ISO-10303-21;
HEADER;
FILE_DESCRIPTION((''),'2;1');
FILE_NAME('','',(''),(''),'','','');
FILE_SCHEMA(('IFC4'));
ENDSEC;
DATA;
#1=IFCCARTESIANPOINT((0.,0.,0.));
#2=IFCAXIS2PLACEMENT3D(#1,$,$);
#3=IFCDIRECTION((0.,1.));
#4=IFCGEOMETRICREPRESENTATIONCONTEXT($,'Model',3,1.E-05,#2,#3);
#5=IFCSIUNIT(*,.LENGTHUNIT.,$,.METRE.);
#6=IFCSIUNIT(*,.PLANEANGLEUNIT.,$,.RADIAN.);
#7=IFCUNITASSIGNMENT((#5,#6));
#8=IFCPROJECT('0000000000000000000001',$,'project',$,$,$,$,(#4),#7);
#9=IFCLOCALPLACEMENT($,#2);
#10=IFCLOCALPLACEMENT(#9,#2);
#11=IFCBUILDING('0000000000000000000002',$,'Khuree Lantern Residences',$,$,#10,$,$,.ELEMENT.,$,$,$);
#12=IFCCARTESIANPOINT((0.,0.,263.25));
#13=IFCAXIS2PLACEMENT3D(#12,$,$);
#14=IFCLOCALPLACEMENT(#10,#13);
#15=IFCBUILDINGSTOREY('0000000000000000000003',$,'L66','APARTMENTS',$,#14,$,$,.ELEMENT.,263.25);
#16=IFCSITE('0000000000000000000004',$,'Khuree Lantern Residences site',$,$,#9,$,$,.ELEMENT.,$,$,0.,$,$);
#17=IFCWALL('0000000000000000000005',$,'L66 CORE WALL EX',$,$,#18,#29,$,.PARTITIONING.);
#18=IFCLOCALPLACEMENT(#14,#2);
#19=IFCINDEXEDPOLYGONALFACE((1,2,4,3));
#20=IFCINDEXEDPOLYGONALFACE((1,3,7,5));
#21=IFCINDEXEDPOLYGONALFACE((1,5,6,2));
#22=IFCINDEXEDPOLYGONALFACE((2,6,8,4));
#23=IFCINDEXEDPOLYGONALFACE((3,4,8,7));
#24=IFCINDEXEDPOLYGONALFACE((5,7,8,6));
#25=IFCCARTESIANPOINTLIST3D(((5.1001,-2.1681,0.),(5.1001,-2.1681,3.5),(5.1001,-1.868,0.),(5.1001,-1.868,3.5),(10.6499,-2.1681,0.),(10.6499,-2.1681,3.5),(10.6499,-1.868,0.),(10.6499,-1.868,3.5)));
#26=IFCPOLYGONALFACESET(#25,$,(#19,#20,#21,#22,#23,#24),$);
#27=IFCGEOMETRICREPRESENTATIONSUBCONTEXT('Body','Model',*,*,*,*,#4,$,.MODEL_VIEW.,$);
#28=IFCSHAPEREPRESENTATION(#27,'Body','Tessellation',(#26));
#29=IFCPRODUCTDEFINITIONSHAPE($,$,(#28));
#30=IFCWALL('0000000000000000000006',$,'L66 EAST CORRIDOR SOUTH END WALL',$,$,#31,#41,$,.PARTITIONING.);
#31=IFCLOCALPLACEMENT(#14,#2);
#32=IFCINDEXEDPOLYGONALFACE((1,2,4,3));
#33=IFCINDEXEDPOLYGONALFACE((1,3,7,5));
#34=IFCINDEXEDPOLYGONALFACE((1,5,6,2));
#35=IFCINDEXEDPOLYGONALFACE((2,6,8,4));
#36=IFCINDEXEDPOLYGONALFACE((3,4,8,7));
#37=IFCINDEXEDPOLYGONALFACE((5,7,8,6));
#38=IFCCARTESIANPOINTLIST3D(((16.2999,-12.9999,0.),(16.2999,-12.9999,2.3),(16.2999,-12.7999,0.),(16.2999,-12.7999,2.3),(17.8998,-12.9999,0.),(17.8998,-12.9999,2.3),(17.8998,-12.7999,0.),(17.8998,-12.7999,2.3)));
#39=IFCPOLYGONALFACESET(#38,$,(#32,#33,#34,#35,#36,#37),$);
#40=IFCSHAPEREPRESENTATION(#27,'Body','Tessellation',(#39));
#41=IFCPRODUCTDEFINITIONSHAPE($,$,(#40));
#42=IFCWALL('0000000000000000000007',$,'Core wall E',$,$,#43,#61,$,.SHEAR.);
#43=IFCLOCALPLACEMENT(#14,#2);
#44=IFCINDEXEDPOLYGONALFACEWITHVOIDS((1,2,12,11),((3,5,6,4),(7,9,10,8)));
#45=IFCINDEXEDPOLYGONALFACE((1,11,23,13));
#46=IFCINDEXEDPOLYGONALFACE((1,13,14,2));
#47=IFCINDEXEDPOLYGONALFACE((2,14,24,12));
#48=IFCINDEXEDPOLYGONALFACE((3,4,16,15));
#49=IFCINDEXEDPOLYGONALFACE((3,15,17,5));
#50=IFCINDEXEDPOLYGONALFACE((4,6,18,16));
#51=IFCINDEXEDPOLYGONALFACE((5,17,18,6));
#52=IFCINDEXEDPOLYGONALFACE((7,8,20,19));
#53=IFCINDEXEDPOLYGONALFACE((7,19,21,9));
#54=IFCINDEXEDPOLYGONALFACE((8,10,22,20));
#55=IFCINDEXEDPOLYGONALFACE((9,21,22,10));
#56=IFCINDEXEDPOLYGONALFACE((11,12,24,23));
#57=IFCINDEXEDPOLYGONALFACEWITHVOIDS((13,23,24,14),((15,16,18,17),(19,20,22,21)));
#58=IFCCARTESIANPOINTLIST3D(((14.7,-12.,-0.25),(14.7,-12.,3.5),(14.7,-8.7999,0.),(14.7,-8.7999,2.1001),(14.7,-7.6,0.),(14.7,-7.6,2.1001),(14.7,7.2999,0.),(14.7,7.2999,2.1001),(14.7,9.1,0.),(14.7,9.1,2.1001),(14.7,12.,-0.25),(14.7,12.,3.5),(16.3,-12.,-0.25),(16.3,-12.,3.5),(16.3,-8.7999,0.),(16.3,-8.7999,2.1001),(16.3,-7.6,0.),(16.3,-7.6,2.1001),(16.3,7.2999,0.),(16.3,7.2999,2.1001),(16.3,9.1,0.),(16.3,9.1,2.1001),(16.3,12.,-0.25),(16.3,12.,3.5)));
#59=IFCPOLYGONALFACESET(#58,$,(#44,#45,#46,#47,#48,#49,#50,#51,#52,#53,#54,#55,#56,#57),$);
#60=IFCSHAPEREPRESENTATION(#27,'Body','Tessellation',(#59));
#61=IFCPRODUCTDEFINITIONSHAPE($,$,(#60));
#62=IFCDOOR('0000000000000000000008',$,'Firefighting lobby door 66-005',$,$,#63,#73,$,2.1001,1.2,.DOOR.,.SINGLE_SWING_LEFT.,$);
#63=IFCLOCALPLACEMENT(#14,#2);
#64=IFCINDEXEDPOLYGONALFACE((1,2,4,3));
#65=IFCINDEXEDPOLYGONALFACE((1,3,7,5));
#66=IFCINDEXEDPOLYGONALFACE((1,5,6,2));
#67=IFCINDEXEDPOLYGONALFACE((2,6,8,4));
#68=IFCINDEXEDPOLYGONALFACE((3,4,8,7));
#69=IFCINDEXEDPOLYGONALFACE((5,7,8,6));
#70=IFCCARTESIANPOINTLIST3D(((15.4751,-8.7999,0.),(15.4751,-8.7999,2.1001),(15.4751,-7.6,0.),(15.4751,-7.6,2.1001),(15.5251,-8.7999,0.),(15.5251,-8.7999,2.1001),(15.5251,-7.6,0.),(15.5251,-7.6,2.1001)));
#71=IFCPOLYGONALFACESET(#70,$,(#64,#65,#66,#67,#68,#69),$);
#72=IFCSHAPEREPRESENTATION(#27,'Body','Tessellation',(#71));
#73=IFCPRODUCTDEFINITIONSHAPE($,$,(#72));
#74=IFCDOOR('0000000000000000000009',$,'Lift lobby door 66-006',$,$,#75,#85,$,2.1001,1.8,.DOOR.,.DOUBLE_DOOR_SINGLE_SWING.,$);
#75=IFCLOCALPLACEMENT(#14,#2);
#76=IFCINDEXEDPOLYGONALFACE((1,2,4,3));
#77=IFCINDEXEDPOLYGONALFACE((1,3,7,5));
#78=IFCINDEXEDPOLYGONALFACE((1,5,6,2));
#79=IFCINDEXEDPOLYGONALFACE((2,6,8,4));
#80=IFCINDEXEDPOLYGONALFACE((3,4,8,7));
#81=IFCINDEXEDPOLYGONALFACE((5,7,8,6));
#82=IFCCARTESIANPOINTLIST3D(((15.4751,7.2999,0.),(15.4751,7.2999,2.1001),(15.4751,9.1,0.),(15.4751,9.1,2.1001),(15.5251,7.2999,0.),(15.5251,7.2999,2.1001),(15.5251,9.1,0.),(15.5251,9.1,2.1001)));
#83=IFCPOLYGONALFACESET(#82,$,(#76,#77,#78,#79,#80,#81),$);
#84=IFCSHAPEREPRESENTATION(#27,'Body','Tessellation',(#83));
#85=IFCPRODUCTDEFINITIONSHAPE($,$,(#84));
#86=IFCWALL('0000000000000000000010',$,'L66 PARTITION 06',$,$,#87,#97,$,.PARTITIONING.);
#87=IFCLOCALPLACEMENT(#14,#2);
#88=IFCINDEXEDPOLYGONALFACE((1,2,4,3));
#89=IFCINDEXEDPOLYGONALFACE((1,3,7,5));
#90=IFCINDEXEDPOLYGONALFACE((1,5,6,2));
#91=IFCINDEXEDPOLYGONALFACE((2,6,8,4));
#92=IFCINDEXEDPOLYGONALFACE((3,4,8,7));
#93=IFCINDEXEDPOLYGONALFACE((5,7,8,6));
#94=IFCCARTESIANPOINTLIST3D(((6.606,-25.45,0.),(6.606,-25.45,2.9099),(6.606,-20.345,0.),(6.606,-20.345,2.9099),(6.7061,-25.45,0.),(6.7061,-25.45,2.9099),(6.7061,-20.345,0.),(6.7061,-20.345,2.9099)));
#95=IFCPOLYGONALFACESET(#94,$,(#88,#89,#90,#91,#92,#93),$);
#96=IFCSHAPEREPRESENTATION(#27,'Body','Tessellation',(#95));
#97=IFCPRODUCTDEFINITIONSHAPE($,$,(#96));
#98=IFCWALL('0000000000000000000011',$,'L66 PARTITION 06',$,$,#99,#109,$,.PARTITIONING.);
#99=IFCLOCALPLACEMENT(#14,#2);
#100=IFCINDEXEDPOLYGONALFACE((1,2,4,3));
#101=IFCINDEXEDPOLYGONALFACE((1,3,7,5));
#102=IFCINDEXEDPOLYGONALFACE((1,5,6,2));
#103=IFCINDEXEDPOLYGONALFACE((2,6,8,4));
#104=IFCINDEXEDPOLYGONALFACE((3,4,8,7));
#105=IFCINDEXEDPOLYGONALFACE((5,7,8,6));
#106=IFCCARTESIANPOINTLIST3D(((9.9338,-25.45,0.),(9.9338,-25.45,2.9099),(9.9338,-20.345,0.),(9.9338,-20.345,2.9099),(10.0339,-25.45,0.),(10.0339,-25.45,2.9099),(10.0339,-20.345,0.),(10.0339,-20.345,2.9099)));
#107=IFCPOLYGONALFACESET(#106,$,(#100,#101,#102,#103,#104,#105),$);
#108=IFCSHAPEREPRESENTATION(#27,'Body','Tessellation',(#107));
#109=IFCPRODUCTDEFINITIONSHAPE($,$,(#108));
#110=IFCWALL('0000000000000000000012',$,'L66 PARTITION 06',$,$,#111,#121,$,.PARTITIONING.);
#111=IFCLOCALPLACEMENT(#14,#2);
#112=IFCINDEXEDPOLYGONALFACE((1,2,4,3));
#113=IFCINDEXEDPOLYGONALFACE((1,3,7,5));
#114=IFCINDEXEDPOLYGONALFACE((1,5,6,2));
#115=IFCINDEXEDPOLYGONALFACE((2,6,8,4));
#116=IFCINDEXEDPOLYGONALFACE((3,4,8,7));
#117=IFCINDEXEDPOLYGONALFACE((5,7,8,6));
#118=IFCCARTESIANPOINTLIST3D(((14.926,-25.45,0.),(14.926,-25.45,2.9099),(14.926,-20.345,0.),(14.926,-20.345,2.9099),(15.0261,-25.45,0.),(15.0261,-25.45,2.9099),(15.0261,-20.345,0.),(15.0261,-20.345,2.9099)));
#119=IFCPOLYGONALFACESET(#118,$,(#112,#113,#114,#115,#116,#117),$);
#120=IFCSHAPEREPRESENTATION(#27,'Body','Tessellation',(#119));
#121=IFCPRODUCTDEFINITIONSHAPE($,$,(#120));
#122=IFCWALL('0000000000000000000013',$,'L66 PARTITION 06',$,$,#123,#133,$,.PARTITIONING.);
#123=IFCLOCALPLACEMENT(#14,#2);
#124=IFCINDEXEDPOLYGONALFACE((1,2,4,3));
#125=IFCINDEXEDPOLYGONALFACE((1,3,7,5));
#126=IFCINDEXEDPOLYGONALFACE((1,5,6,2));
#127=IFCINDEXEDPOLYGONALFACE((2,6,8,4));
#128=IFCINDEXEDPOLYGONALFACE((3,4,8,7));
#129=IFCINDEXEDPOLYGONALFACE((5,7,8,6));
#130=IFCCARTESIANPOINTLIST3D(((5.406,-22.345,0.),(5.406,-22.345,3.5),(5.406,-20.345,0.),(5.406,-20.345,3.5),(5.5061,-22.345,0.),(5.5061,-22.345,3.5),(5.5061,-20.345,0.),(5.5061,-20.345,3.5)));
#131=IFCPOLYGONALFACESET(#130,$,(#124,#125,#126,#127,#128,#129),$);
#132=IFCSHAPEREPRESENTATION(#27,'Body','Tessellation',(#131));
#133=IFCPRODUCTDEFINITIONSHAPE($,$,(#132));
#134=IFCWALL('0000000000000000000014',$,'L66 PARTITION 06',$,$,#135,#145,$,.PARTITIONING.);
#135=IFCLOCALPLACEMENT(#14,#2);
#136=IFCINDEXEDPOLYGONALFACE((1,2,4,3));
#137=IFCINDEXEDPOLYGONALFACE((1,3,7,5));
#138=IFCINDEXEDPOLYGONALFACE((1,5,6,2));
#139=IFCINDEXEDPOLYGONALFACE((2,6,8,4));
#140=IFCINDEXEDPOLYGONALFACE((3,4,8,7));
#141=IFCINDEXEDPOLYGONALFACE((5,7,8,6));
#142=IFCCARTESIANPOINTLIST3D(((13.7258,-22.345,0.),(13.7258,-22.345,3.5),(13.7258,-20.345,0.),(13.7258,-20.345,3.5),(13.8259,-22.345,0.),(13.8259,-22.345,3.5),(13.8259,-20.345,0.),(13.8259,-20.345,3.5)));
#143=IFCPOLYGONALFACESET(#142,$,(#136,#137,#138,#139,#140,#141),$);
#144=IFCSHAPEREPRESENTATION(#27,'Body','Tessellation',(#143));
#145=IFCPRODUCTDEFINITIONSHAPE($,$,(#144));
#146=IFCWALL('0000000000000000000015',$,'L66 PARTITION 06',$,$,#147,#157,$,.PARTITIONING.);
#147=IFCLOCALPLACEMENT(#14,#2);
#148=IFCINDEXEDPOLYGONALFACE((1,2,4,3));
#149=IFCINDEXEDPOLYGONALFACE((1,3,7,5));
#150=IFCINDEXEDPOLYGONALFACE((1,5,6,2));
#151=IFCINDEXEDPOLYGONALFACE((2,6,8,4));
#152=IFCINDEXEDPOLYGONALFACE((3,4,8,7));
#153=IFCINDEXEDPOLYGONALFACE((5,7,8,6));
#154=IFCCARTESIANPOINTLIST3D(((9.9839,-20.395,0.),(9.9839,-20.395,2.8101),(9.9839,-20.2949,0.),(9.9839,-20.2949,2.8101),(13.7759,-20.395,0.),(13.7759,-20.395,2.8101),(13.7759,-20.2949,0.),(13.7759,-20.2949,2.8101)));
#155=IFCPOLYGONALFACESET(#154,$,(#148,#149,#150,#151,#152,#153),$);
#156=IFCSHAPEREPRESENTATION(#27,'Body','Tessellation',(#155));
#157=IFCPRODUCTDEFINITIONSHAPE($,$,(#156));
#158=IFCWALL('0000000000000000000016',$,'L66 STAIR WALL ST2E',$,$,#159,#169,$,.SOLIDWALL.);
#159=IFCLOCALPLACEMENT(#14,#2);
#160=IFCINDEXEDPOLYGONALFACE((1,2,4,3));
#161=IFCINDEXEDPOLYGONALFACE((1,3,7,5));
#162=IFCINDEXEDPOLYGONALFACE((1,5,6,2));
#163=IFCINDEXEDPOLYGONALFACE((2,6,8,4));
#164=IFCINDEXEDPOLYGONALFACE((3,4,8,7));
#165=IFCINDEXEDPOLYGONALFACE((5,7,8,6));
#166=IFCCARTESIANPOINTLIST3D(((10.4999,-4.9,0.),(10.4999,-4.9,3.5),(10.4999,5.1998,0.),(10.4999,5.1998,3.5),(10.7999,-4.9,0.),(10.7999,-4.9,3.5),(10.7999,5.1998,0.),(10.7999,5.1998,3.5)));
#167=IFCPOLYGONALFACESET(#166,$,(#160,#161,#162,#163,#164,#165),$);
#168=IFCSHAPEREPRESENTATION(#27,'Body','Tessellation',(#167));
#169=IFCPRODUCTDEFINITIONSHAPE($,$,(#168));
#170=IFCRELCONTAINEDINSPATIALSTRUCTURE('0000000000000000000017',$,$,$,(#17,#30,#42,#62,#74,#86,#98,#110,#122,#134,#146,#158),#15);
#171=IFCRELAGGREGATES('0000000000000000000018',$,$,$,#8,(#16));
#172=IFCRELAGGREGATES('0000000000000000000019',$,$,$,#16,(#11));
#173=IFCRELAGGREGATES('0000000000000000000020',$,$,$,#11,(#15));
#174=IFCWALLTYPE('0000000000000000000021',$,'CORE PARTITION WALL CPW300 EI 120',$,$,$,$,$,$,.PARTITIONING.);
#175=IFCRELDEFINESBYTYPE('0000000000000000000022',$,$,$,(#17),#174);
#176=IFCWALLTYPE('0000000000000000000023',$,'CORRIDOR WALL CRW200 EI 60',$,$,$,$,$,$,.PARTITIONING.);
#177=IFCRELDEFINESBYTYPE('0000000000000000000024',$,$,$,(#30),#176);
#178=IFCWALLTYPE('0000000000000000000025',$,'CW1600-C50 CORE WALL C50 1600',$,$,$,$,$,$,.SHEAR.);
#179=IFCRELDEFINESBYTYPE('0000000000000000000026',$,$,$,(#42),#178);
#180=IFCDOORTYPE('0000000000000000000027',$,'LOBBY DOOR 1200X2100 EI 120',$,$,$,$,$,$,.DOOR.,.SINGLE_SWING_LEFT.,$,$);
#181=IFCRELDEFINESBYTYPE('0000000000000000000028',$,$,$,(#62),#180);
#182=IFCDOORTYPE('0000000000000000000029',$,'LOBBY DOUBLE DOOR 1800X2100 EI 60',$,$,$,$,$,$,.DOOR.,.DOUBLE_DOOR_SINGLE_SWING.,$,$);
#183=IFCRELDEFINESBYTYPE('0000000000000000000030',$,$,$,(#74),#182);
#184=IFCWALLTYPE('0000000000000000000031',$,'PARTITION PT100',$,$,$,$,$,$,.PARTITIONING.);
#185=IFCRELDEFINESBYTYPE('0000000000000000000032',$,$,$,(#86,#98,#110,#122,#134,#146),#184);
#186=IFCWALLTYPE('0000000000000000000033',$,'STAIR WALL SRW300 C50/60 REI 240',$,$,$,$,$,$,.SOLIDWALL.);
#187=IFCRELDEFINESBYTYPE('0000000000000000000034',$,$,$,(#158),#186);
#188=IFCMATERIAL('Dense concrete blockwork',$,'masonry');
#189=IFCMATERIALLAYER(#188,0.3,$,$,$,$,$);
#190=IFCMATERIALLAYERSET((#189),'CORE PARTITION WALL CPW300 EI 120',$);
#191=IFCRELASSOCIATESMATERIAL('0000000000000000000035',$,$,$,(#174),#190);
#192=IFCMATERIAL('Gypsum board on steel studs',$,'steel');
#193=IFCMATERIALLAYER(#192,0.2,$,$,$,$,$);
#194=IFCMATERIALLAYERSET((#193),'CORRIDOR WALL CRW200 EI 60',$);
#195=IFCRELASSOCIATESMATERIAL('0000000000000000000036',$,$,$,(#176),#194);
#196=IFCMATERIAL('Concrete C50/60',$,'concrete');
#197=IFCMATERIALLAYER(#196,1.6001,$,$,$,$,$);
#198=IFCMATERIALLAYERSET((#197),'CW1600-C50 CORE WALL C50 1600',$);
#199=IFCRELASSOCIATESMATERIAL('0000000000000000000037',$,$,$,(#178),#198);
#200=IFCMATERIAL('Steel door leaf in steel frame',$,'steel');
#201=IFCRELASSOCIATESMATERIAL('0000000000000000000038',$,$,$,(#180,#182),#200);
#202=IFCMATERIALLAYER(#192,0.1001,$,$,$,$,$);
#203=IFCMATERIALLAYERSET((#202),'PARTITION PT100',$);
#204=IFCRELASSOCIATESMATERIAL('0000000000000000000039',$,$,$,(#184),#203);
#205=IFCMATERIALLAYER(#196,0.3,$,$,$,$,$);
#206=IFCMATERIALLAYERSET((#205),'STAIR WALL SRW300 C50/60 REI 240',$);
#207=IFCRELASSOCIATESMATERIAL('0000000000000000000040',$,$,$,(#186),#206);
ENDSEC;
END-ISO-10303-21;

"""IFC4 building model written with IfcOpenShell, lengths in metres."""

from ifc_helpers import new_model, si_unit, direction, frame, frame_2d, origin, place, context, subcontext, project, spatial, rectangle, extrude, material, layer, layer_set, type_object, element, fill, save


model = new_model("IFC4")

# Units and contexts
model_context = context("Model", 3, precision=1e-05, world=origin(), true_north=direction((0.0, 1.0)))
body_context = subcontext(model_context, "Body", "Model", "MODEL_VIEW")
ifc_project = project(units=[si_unit("LENGTHUNIT", "METRE"), si_unit("PLANEANGLEUNIT", "RADIAN")], contexts=[model_context])

# Site, building, storey
site_placement = place(None, origin())
site = spatial("IfcSite", under=ifc_project, at=site_placement, Name="Khuree Lantern Residences site", CompositionType="ELEMENT", RefElevation=0.0)
building_placement = place(site_placement, origin())
building = spatial("IfcBuilding", under=site, at=building_placement, Name="Khuree Lantern Residences", CompositionType="ELEMENT")
storey_placement = place(building_placement, frame((0.0, 0.0, 263.25)))
storey = spatial("IfcBuildingStorey", under=building, at=storey_placement, Name="L66", Description="APARTMENTS", CompositionType="ELEMENT", Elevation=263.25)

# Shared definitions
ifc_material_1 = material(Name="Concrete C50/60", Category="concrete")

# Shared definitions
ifc_material_2 = material(Name="Dense concrete blockwork", Category="masonry")
ifc_layer_1 = layer(ifc_material_2, 0.3)
ifc_layer_set_1 = layer_set([ifc_layer_1], Name="CORE PARTITION WALL CPW300 EI 120")
wall_type_1 = type_object("IfcWallType", Name="CORE PARTITION WALL CPW300 EI 120", PredefinedType="PARTITIONING", material=ifc_layer_set_1)

# Walls
wall_1_placement = place(storey_placement, frame((10.6499, -2.0181, 0.0), z_axis=(0.0, 0.0, 1.0), x_axis=(-1.0, 0.0, 0.0)))
element("IfcWall", 1, at=wall_1_placement, inside=storey, type_object=wall_type_1, Name="L66 CORE WALL EX", PredefinedType="PARTITIONING", context=body_context, shape_type="SweptSolid", body=[
    extrude(rectangle(XDim=5.5498, YDim=0.3, at=frame_2d((2.7749, 0.0))), origin(), (0.0, 0.0, 1.0), 3.5),
])
ifc_material_3 = material(Name="Gypsum board on steel studs", Category="steel")
ifc_layer_2 = layer(ifc_material_3, 0.2)
ifc_layer_set_2 = layer_set([ifc_layer_2], Name="CORRIDOR WALL CRW200 EI 60")
wall_type_2 = type_object("IfcWallType", Name="CORRIDOR WALL CRW200 EI 60", PredefinedType="PARTITIONING", material=ifc_layer_set_2)
wall_2_placement = place(storey_placement, frame((16.3, -12.8999, 0.0), z_axis=(0.0, 0.0, 1.0), x_axis=(1.0, 0.0, 0.0)))
element("IfcWall", 2, at=wall_2_placement, inside=storey, type_object=wall_type_2, Name="L66 EAST CORRIDOR SOUTH END WALL", PredefinedType="PARTITIONING", context=body_context, shape_type="SweptSolid", body=[
    extrude(rectangle(XDim=1.5999, YDim=0.2, at=frame_2d((0.7998, 0.0))), origin(), (0.0, 0.0, 1.0), 2.3),
])

# Wall, openings, doors
ifc_layer_3 = layer(ifc_material_1, 1.6001)
ifc_layer_set_3 = layer_set([ifc_layer_3], Name="CW1600-C50 CORE WALL C50 1600")
wall_type_3 = type_object("IfcWallType", Name="CW1600-C50 CORE WALL C50 1600", PredefinedType="SHEAR", material=ifc_layer_set_3)
wall_3_placement = place(storey_placement, frame((15.5, -12.0, -0.25), z_axis=(0.0, 0.0, 1.0), x_axis=(0.0, 1.0, 0.0)))
wall_3 = element("IfcWall", 3, at=wall_3_placement, inside=storey, type_object=wall_type_3, Name="Core wall E", PredefinedType="SHEAR", context=body_context, shape_type="SweptSolid", body=[
    extrude(rectangle(XDim=24.0, YDim=1.6001, at=frame_2d((12.0, 0.0))), origin(), (0.0, 0.0, 1.0), 3.75),
])
opening_1_placement = place(wall_3_placement, frame((3.2, 0.0, 0.25)))
opening_1 = element("IfcOpeningElement", 4, at=opening_1_placement, cuts=wall_3, PredefinedType="OPENING", context=body_context, shape_type="SweptSolid", body=[
    extrude(rectangle(XDim=1.2, YDim=2.1001, at=frame_2d((0.6001, 1.05))), frame((0.0, 0.8101, 0.0), z_axis=(0.0, -1.0, 0.0), x_axis=(1.0, 0.0, 0.0)), (0.0, 0.0, 1.0), 1.6201),
])
opening_2_placement = place(wall_3_placement, frame((19.3, 0.0, 0.25)))
opening_2 = element("IfcOpeningElement", 5, at=opening_2_placement, cuts=wall_3, PredefinedType="OPENING", context=body_context, shape_type="SweptSolid", body=[
    extrude(rectangle(XDim=1.8, YDim=2.1001, at=frame_2d((0.8999, 1.05))), frame((0.0, 0.8101, 0.0), z_axis=(0.0, -1.0, 0.0), x_axis=(1.0, 0.0, 0.0)), (0.0, 0.0, 1.0), 1.6201),
])
ifc_material_4 = material(Name="Steel door leaf in steel frame", Category="steel")
door_type_1 = type_object("IfcDoorType", Name="LOBBY DOOR 1200X2100 EI 120", OperationType="SINGLE_SWING_LEFT", PredefinedType="DOOR", material=ifc_material_4)
door_1_placement = place(opening_1_placement, origin())
door_1 = element("IfcDoor", 6, at=door_1_placement, inside=storey, type_object=door_type_1, Name="Firefighting lobby door 66-005", OperationType="SINGLE_SWING_LEFT", OverallHeight=2.1001, OverallWidth=1.2, PredefinedType="DOOR", context=body_context, shape_type="SweptSolid", body=[
    extrude(rectangle(XDim=1.2, YDim=2.1001, at=frame_2d((0.6001, 1.05))), frame((0.0, 0.0249, 0.0), z_axis=(0.0, -1.0, 0.0), x_axis=(1.0, 0.0, 0.0)), (0.0, 0.0, 1.0), 0.05),
])
fill(opening_1, door_1)
door_type_2 = type_object("IfcDoorType", Name="LOBBY DOUBLE DOOR 1800X2100 EI 60", OperationType="DOUBLE_DOOR_SINGLE_SWING", PredefinedType="DOOR", material=ifc_material_4)
door_2_placement = place(opening_2_placement, origin())
door_2 = element("IfcDoor", 7, at=door_2_placement, inside=storey, type_object=door_type_2, Name="Lift lobby door 66-006", OperationType="DOUBLE_DOOR_SINGLE_SWING", OverallHeight=2.1001, OverallWidth=1.8, PredefinedType="DOOR", context=body_context, shape_type="SweptSolid", body=[
    extrude(rectangle(XDim=1.8, YDim=2.1001, at=frame_2d((0.8999, 1.05))), frame((0.0, 0.0249, 0.0), z_axis=(0.0, -1.0, 0.0), x_axis=(1.0, 0.0, 0.0)), (0.0, 0.0, 1.0), 0.05),
])
fill(opening_2, door_2)

# Walls
ifc_layer_4 = layer(ifc_material_3, 0.1001)
ifc_layer_set_4 = layer_set([ifc_layer_4], Name="PARTITION PT100")
wall_type_4 = type_object("IfcWallType", Name="PARTITION PT100", PredefinedType="PARTITIONING", material=ifc_layer_set_4)
for number, where, z_axis, x_axis, name in (
    (8, (6.656, -20.345, 0.0), (0.0, 0.0, 1.0), (0.0, -1.0, 0.0), "L66 PARTITION 06"),
    (9, (9.9839, -20.345, 0.0), (0.0, 0.0, 1.0), (0.0, -1.0, 0.0), "L66 PARTITION 06"),
    (10, (14.9761, -20.345, 0.0), (0.0, 0.0, 1.0), (0.0, -1.0, 0.0), "L66 PARTITION 06"),
):
    element("IfcWall", number, at=place(storey_placement, frame(where, z_axis=z_axis, x_axis=x_axis)), inside=storey, type_object=wall_type_4, Name=name, PredefinedType="PARTITIONING", context=body_context, shape_type="SweptSolid", body=[
        extrude(rectangle(XDim=5.105, YDim=0.1001, at=frame_2d((2.5525, 0.0))), origin(), (0.0, 0.0, 1.0), 2.9099),
    ])
for number, where, z_axis, x_axis, name in (
    (11, (5.4561, -20.345, 0.0), (0.0, 0.0, 1.0), (0.0, -1.0, 0.0), "L66 PARTITION 06"),
    (12, (13.7759, -20.345, 0.0), (0.0, 0.0, 1.0), (0.0, -1.0, 0.0), "L66 PARTITION 06"),
):
    element("IfcWall", number, at=place(storey_placement, frame(where, z_axis=z_axis, x_axis=x_axis)), inside=storey, type_object=wall_type_4, Name=name, PredefinedType="PARTITIONING", context=body_context, shape_type="SweptSolid", body=[
        extrude(rectangle(XDim=2.0, YDim=0.1001, at=frame_2d((1.0, 0.0))), origin(), (0.0, 0.0, 1.0), 3.5),
    ])
wall_4_placement = place(storey_placement, frame((9.9839, -20.345, 0.0), z_axis=(0.0, 0.0, 1.0), x_axis=(1.0, 0.0, 0.0)))
element("IfcWall", 13, at=wall_4_placement, inside=storey, type_object=wall_type_4, Name="L66 PARTITION 06", PredefinedType="PARTITIONING", context=body_context, shape_type="SweptSolid", body=[
    extrude(rectangle(XDim=3.792, YDim=0.1001, at=frame_2d((1.896, 0.0))), origin(), (0.0, 0.0, 1.0), 2.8101),
])
ifc_layer_5 = layer(ifc_material_1, 0.3)
ifc_layer_set_5 = layer_set([ifc_layer_5], Name="STAIR WALL SRW300 C50/60 REI 240")
wall_type_5 = type_object("IfcWallType", Name="STAIR WALL SRW300 C50/60 REI 240", PredefinedType="SOLIDWALL", material=ifc_layer_set_5)
wall_5_placement = place(storey_placement, frame((10.6499, -4.8999, 0.0), z_axis=(0.0, 0.0, 1.0), x_axis=(0.0, 1.0, 0.0)))
element("IfcWall", 14, at=wall_5_placement, inside=storey, type_object=wall_type_5, Name="L66 STAIR WALL ST2E", PredefinedType="SOLIDWALL", context=body_context, shape_type="SweptSolid", body=[
    extrude(rectangle(XDim=10.0999, YDim=0.3, at=frame_2d((5.0498, 0.0))), origin(), (0.0, 0.0, 1.0), 3.5),
])

save(model, "model.ifc")
